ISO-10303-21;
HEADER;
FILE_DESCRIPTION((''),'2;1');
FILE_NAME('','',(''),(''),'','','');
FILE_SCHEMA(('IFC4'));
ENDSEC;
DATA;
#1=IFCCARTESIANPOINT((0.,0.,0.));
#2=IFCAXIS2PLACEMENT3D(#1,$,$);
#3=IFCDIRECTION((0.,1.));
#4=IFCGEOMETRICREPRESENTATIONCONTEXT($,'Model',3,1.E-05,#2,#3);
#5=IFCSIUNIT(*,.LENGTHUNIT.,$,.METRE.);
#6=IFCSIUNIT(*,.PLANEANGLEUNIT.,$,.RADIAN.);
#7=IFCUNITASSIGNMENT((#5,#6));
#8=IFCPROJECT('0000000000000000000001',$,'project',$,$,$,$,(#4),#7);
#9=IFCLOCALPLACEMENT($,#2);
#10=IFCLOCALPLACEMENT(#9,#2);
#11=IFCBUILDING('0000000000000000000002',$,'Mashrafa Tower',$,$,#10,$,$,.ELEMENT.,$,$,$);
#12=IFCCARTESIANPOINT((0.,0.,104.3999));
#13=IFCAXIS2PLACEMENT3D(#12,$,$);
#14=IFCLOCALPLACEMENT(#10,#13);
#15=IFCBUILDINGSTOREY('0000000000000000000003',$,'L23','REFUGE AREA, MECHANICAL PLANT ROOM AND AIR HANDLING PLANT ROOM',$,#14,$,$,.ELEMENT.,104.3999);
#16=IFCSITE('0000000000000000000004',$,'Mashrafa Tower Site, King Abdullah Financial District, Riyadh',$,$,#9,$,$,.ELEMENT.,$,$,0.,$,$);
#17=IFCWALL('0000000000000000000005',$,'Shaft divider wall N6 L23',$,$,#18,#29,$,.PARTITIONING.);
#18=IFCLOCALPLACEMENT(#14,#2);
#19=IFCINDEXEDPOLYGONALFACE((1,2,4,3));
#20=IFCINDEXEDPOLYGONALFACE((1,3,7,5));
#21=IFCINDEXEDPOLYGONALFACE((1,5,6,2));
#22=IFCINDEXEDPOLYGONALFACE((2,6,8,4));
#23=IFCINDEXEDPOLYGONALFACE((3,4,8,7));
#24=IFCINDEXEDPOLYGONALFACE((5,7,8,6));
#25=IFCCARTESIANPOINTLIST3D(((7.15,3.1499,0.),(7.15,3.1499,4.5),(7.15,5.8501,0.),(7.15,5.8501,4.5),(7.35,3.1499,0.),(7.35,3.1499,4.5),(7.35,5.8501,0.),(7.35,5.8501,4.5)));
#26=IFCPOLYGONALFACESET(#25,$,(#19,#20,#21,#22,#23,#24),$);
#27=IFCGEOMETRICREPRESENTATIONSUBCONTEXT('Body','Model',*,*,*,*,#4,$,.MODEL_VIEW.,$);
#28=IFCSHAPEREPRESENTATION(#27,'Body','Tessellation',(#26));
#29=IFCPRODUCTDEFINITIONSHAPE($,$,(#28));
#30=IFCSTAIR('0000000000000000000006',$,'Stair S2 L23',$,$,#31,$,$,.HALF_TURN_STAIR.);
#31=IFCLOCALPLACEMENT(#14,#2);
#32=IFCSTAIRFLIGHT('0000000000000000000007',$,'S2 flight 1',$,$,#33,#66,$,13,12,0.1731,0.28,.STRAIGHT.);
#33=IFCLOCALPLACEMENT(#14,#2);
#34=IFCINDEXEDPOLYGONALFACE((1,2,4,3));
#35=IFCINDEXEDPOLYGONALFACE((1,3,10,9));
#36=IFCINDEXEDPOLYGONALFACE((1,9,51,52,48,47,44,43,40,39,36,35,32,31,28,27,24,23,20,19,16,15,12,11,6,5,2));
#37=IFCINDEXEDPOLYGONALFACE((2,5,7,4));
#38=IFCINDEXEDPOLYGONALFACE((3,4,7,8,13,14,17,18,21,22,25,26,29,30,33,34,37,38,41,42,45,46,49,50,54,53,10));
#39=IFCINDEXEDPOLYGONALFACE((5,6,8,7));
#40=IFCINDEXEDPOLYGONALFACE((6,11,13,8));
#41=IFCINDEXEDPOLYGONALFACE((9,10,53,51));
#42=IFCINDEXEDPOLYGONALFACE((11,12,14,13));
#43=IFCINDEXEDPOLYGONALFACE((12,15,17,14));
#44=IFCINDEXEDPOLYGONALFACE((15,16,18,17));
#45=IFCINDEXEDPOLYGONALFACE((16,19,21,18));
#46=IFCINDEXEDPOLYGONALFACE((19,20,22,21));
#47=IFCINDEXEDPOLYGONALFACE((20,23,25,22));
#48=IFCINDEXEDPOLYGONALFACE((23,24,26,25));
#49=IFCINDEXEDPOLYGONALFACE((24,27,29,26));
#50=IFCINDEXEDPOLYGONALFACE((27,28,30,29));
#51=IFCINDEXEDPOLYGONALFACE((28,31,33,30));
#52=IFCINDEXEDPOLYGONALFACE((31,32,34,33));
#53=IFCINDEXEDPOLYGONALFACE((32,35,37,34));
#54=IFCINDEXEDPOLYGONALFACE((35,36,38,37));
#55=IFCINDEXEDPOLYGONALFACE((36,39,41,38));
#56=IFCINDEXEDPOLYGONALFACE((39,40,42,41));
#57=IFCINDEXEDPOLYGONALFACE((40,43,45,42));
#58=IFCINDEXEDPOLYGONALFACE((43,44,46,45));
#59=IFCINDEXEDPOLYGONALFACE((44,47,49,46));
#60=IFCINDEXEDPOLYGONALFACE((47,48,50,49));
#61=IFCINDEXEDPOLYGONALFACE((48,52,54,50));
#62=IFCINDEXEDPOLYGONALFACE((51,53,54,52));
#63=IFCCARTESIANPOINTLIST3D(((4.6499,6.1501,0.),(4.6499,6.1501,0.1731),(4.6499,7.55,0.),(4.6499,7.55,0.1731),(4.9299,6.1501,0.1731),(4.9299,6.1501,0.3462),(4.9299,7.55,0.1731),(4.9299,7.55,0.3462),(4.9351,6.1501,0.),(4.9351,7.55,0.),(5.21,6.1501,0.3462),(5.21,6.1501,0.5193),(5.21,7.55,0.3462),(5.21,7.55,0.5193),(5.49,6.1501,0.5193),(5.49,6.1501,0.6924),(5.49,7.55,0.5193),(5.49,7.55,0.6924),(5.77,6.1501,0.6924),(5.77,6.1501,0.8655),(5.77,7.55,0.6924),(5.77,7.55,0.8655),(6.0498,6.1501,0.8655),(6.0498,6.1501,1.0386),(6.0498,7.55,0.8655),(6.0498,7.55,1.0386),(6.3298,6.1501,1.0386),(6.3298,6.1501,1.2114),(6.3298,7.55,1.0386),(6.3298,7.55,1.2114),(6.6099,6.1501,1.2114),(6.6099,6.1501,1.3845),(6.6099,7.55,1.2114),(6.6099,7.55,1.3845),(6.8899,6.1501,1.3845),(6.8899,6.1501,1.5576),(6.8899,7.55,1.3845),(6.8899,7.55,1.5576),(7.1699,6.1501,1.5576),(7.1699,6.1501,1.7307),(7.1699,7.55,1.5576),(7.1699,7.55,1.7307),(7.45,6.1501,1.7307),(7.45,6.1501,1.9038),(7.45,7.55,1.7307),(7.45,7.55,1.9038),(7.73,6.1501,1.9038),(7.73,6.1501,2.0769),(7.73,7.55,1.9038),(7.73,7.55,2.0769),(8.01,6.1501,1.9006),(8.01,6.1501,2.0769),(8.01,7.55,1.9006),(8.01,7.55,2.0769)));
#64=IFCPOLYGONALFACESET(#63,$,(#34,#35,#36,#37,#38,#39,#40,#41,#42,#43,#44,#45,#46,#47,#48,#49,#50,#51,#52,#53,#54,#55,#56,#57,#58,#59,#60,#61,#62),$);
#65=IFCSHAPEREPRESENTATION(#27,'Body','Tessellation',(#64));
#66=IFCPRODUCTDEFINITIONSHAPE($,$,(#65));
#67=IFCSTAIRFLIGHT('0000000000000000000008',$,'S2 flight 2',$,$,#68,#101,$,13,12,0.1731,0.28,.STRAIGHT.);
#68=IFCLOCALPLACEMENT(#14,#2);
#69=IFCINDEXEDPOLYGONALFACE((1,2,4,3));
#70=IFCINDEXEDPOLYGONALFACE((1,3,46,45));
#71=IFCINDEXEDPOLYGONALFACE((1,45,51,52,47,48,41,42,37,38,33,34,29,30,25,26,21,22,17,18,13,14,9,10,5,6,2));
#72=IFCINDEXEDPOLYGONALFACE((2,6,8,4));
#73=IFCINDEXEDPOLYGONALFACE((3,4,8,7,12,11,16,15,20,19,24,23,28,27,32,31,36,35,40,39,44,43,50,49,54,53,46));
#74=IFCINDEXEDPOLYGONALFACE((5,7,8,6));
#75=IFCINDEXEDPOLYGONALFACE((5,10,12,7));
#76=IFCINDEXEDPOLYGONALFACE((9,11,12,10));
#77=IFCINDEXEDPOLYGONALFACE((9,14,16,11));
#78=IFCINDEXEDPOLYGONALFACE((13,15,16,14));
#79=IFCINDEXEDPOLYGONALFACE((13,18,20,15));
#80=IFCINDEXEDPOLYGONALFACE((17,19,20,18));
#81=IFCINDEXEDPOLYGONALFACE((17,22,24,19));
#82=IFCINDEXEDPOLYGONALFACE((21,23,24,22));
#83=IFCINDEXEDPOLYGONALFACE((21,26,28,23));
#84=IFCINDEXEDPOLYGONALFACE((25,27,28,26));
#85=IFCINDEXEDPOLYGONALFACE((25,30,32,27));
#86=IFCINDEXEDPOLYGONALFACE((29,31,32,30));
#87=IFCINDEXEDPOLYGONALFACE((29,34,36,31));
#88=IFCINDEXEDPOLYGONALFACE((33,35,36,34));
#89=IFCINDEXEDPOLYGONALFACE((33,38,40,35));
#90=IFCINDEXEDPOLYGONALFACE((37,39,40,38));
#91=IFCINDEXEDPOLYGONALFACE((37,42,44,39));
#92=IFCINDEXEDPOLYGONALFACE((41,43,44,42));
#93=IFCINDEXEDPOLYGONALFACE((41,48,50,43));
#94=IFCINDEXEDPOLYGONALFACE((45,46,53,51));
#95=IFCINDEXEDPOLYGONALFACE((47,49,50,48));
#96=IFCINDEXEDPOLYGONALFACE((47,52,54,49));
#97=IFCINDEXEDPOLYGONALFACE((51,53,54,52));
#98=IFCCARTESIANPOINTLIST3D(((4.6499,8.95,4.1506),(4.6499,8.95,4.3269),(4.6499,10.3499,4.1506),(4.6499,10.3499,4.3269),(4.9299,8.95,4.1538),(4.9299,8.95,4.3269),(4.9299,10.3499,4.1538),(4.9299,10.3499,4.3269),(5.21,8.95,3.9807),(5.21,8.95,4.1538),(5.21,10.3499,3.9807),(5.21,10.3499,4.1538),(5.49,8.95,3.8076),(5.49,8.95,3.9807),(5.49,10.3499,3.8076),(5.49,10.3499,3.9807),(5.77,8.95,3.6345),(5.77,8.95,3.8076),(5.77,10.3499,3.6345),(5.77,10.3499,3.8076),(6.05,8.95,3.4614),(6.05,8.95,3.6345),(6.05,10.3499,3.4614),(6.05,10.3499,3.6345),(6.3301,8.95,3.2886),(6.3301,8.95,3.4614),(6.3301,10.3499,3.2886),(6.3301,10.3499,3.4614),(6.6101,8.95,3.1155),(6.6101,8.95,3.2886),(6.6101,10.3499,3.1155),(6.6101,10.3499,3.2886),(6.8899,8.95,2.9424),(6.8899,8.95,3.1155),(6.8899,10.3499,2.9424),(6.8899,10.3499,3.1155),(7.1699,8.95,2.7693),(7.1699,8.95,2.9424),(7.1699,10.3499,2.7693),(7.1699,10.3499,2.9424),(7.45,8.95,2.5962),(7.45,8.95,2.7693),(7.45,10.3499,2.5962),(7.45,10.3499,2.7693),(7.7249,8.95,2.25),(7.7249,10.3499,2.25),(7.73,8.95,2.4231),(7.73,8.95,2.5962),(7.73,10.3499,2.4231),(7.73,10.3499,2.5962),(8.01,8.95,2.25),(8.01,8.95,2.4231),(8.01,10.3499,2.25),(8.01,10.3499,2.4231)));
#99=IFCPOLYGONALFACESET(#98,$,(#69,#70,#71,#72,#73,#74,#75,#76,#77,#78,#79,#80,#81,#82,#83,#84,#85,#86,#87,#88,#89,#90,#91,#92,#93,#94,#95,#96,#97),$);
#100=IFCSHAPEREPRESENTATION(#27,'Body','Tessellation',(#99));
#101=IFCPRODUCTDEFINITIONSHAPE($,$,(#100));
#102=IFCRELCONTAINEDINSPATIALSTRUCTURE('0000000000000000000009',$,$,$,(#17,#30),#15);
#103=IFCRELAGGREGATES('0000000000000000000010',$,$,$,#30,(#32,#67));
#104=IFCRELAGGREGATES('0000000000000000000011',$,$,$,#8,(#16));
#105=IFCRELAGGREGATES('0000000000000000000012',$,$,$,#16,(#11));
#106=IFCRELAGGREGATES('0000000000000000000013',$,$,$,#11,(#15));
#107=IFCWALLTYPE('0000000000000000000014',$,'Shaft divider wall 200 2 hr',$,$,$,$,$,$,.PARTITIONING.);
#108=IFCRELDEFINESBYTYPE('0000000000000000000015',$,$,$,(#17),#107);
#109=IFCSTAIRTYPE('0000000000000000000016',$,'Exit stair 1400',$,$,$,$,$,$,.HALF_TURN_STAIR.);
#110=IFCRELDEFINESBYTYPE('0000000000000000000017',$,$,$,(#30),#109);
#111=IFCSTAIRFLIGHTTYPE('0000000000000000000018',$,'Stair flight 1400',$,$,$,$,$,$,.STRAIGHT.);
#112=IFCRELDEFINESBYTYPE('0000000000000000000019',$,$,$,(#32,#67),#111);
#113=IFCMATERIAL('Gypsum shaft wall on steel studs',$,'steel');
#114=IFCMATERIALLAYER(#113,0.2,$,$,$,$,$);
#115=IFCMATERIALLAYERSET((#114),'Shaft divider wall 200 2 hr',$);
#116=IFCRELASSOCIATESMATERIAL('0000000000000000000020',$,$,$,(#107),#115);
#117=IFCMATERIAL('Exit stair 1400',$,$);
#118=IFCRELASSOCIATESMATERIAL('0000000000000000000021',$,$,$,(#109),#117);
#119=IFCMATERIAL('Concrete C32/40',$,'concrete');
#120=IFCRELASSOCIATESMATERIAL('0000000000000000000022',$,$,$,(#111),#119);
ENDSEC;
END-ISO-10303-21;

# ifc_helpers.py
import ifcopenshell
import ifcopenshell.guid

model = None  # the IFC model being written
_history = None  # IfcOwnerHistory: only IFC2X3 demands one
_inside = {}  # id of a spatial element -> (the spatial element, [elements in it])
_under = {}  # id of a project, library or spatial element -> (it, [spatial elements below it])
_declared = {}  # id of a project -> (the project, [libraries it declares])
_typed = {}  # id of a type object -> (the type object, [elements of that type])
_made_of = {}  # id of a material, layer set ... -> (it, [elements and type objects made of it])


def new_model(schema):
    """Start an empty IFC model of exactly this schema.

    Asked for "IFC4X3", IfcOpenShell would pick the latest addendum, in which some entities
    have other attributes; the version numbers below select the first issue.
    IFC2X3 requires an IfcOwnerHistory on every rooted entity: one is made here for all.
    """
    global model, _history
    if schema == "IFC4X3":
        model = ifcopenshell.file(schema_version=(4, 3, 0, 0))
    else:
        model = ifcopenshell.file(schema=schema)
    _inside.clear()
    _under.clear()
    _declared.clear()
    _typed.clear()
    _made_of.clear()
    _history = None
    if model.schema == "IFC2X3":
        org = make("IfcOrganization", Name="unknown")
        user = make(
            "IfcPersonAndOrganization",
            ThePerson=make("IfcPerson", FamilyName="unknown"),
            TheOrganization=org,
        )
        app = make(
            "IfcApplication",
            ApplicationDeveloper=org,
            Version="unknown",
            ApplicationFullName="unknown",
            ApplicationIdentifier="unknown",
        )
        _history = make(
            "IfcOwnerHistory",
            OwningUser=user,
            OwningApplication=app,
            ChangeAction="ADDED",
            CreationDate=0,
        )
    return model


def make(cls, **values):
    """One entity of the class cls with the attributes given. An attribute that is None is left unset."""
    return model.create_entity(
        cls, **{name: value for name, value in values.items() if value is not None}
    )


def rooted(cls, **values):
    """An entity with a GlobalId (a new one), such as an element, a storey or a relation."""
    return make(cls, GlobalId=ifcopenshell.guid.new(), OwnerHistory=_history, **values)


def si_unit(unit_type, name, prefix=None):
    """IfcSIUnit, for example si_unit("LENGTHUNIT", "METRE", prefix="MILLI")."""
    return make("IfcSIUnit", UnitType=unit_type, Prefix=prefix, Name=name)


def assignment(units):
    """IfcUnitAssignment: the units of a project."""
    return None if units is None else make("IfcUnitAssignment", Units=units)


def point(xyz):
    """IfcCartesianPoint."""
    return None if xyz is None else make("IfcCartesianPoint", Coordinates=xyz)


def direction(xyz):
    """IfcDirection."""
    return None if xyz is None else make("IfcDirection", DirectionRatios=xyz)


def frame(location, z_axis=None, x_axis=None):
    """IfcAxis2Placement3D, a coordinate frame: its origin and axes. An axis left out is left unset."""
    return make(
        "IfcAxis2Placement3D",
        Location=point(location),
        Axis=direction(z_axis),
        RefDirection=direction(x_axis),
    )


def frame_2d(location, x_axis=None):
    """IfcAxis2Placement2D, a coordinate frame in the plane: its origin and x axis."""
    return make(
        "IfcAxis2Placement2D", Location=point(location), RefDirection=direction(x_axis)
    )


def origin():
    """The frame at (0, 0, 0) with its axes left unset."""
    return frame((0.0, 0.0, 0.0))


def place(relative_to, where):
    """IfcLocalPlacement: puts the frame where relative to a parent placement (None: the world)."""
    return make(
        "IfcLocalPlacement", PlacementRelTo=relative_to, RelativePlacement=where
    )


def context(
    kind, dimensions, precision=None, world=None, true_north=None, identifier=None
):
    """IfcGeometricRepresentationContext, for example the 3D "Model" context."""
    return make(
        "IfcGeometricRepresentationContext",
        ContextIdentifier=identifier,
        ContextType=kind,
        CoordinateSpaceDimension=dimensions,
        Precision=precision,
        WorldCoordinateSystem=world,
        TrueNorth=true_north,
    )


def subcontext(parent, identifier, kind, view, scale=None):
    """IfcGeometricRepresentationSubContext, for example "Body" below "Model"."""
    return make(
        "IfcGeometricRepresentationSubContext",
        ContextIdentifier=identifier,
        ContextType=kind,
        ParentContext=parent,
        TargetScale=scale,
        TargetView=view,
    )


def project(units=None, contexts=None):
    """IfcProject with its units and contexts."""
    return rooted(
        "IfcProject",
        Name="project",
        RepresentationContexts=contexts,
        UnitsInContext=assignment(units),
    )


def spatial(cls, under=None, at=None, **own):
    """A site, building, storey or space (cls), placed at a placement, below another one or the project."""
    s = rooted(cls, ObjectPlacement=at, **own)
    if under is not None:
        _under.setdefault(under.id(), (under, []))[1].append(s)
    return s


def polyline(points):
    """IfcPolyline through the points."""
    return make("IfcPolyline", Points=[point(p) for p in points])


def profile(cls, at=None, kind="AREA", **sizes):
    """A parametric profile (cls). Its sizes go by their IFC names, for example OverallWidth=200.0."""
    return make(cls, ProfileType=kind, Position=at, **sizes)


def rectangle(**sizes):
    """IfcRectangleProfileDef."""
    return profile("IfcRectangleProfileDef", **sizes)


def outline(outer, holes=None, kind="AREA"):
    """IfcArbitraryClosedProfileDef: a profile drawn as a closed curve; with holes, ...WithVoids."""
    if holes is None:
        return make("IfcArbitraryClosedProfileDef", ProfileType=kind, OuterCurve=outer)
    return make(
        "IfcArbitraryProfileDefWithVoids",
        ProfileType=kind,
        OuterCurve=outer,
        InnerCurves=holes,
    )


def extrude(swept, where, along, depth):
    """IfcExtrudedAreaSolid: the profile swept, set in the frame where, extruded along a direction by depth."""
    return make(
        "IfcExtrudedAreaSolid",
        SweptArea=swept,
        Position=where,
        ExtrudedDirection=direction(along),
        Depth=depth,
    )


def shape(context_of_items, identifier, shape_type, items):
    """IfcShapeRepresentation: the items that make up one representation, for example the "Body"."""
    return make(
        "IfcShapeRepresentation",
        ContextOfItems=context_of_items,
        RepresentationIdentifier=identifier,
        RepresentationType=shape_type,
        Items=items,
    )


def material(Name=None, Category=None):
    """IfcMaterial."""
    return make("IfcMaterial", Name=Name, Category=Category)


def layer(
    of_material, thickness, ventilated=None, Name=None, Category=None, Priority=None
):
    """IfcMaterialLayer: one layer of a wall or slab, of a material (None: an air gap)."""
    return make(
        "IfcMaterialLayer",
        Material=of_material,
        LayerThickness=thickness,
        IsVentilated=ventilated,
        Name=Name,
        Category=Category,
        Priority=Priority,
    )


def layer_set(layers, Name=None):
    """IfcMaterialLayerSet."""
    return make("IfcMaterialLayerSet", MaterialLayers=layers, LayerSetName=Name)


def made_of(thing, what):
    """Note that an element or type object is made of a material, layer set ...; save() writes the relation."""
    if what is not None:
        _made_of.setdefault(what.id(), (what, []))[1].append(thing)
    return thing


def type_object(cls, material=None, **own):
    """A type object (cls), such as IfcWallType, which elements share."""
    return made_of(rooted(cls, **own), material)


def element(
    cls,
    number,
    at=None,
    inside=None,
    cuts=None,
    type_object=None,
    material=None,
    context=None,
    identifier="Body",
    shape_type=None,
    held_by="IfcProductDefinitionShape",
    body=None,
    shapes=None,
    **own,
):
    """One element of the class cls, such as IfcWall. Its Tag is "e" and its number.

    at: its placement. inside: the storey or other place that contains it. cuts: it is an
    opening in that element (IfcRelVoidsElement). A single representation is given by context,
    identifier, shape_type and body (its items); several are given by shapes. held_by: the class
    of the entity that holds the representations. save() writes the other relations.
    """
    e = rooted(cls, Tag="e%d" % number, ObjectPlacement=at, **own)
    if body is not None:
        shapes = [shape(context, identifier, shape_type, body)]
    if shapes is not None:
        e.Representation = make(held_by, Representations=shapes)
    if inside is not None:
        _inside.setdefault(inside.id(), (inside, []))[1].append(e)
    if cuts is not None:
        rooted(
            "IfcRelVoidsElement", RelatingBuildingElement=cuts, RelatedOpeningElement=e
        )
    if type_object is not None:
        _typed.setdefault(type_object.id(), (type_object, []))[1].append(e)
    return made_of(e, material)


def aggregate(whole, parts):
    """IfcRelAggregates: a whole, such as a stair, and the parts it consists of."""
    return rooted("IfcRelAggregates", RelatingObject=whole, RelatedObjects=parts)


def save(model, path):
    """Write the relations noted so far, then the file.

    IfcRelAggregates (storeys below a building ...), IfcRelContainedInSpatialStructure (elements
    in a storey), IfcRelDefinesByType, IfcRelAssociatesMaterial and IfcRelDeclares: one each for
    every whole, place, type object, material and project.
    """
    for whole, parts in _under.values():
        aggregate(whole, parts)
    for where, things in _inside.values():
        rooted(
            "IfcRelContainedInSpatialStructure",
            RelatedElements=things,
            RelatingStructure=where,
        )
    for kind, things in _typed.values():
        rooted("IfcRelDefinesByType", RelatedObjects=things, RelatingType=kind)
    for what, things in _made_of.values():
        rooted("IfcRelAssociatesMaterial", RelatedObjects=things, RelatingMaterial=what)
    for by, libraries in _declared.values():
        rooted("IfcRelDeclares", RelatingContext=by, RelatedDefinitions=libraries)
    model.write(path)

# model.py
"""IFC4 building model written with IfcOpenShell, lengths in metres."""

from ifc_helpers import new_model, si_unit, direction, frame, frame_2d, origin, place, context, subcontext, project, spatial, polyline, rectangle, outline, extrude, material, layer, layer_set, type_object, element, aggregate, save


model = new_model("IFC4")

# Units and contexts
model_context = context("Model", 3, precision=1e-05, world=origin(), true_north=direction((0.0, 1.0)))
body_context = subcontext(model_context, "Body", "Model", "MODEL_VIEW")
ifc_project = project(units=[si_unit("LENGTHUNIT", "METRE"), si_unit("PLANEANGLEUNIT", "RADIAN")], contexts=[model_context])

# Site, building, storey
site_placement = place(None, origin())
site = spatial("IfcSite", under=ifc_project, at=site_placement, Name="Mashrafa Tower Site, King Abdullah Financial District, Riyadh", CompositionType="ELEMENT", RefElevation=0.0)
building_placement = place(site_placement, origin())
building = spatial("IfcBuilding", under=site, at=building_placement, Name="Mashrafa Tower", CompositionType="ELEMENT")
storey_placement = place(building_placement, frame((0.0, 0.0, 104.3999)))
storey = spatial("IfcBuildingStorey", under=building, at=storey_placement, Name="L23", Description="REFUGE AREA, MECHANICAL PLANT ROOM AND AIR HANDLING PLANT ROOM", CompositionType="ELEMENT", Elevation=104.3999)

# Wall
ifc_material_1 = material(Name="Gypsum shaft wall on steel studs", Category="steel")
ifc_layer_1 = layer(ifc_material_1, 0.2)
ifc_layer_set_1 = layer_set([ifc_layer_1], Name="Shaft divider wall 200 2 hr")
wall_type_1 = type_object("IfcWallType", Name="Shaft divider wall 200 2 hr", PredefinedType="PARTITIONING", material=ifc_layer_set_1)
wall_1_placement = place(storey_placement, frame((7.25, 3.1499, 0.0), z_axis=(0.0, 0.0, 1.0), x_axis=(0.0, 1.0, 0.0)))
element("IfcWall", 1, at=wall_1_placement, inside=storey, type_object=wall_type_1, Name="Shaft divider wall N6 L23", PredefinedType="PARTITIONING", context=body_context, shape_type="SweptSolid", body=[
    extrude(rectangle(XDim=2.7002, YDim=0.2, at=frame_2d((1.3501, 0.0))), origin(), (0.0, 0.0, 1.0), 4.5),
])

# Stair, stair flights
ifc_material_2 = material(Name="Exit stair 1400")
stair_type = type_object("IfcStairType", Name="Exit stair 1400", PredefinedType="HALF_TURN_STAIR", material=ifc_material_2)
stair_placement = place(storey_placement, origin())
stair = element("IfcStair", 2, at=stair_placement, inside=storey, type_object=stair_type, Name="Stair S2 L23", PredefinedType="HALF_TURN_STAIR")
ifc_material_3 = material(Name="Concrete C32/40", Category="concrete")
stair_flight_type = type_object("IfcStairFlightType", Name="Stair flight 1400", PredefinedType="STRAIGHT", material=ifc_material_3)
stair_flight_1_placement = place(storey_placement, frame((4.6499, 6.8501, 0.0), z_axis=(0.0, 0.0, 1.0), x_axis=(1.0, 0.0, 0.0)))
stair_flight_1 = element("IfcStairFlight", 3, at=stair_flight_1_placement, type_object=stair_flight_type, Name="S2 flight 1", NumberOfRisers=13, NumberOfTreads=12, PredefinedType="STRAIGHT", RiserHeight=0.1731, TreadLength=0.28, context=body_context, shape_type="SweptSolid", body=[
    extrude(outline(polyline([(0.0, 0.0), (0.0, 0.1731), (0.28, 0.1731), (0.28, 0.3462), (0.5601, 0.3462), (0.5601, 0.5193), (0.8401, 0.5193), (0.8401, 0.6924), (1.1201, 0.6924), (1.1201, 0.8655), (1.3999, 0.8655), (1.3999, 1.0386), (1.6799, 1.0386), (1.6799, 1.2114), (1.96, 1.2114), (1.96, 1.3845), (2.24, 1.3845), (2.24, 1.5576), (2.52, 1.5576), (2.52, 1.7307), (2.8, 1.7307), (2.8, 1.9038), (3.0801, 1.9038), (3.0801, 2.0769), (3.3601, 2.0769), (3.3601, 2.25), (3.3601, 1.9006), (0.2852, 0.0), (0.0, 0.0)])), frame((0.0, 0.7, 0.0), z_axis=(0.0, -1.0, 0.0), x_axis=(1.0, 0.0, 0.0)), (0.0, 0.0, 1.0), 1.3999),
])
stair_flight_2_placement = place(storey_placement, frame((8.01, 9.6499, 2.25), z_axis=(0.0, 0.0, 1.0), x_axis=(-1.0, 0.0, 0.0)))
stair_flight_2 = element("IfcStairFlight", 4, at=stair_flight_2_placement, type_object=stair_flight_type, Name="S2 flight 2", NumberOfRisers=13, NumberOfTreads=12, PredefinedType="STRAIGHT", RiserHeight=0.1731, TreadLength=0.28, context=body_context, shape_type="SweptSolid", body=[
    extrude(outline(polyline([(0.0, 0.0), (0.0, 0.1731), (0.28, 0.1731), (0.28, 0.3462), (0.5601, 0.3462), (0.5601, 0.5193), (0.8401, 0.5193), (0.8401, 0.6924), (1.1201, 0.6924), (1.1201, 0.8655), (1.3999, 0.8655), (1.3999, 1.0386), (1.6799, 1.0386), (1.6799, 1.2114), (1.96, 1.2114), (1.96, 1.3845), (2.24, 1.3845), (2.24, 1.5576), (2.52, 1.5576), (2.52, 1.7307), (2.8, 1.7307), (2.8, 1.9038), (3.0801, 1.9038), (3.0801, 2.0769), (3.3601, 2.0769), (3.3601, 2.25), (3.3601, 1.9006), (0.2852, 0.0), (0.0, 0.0)])), frame((0.0, 0.7, 0.0), z_axis=(0.0, -1.0, 0.0), x_axis=(1.0, 0.0, 0.0)), (0.0, 0.0, 1.0), 1.3999),
])
aggregate(stair, [stair_flight_1, stair_flight_2])

save(model, "model.ifc")
